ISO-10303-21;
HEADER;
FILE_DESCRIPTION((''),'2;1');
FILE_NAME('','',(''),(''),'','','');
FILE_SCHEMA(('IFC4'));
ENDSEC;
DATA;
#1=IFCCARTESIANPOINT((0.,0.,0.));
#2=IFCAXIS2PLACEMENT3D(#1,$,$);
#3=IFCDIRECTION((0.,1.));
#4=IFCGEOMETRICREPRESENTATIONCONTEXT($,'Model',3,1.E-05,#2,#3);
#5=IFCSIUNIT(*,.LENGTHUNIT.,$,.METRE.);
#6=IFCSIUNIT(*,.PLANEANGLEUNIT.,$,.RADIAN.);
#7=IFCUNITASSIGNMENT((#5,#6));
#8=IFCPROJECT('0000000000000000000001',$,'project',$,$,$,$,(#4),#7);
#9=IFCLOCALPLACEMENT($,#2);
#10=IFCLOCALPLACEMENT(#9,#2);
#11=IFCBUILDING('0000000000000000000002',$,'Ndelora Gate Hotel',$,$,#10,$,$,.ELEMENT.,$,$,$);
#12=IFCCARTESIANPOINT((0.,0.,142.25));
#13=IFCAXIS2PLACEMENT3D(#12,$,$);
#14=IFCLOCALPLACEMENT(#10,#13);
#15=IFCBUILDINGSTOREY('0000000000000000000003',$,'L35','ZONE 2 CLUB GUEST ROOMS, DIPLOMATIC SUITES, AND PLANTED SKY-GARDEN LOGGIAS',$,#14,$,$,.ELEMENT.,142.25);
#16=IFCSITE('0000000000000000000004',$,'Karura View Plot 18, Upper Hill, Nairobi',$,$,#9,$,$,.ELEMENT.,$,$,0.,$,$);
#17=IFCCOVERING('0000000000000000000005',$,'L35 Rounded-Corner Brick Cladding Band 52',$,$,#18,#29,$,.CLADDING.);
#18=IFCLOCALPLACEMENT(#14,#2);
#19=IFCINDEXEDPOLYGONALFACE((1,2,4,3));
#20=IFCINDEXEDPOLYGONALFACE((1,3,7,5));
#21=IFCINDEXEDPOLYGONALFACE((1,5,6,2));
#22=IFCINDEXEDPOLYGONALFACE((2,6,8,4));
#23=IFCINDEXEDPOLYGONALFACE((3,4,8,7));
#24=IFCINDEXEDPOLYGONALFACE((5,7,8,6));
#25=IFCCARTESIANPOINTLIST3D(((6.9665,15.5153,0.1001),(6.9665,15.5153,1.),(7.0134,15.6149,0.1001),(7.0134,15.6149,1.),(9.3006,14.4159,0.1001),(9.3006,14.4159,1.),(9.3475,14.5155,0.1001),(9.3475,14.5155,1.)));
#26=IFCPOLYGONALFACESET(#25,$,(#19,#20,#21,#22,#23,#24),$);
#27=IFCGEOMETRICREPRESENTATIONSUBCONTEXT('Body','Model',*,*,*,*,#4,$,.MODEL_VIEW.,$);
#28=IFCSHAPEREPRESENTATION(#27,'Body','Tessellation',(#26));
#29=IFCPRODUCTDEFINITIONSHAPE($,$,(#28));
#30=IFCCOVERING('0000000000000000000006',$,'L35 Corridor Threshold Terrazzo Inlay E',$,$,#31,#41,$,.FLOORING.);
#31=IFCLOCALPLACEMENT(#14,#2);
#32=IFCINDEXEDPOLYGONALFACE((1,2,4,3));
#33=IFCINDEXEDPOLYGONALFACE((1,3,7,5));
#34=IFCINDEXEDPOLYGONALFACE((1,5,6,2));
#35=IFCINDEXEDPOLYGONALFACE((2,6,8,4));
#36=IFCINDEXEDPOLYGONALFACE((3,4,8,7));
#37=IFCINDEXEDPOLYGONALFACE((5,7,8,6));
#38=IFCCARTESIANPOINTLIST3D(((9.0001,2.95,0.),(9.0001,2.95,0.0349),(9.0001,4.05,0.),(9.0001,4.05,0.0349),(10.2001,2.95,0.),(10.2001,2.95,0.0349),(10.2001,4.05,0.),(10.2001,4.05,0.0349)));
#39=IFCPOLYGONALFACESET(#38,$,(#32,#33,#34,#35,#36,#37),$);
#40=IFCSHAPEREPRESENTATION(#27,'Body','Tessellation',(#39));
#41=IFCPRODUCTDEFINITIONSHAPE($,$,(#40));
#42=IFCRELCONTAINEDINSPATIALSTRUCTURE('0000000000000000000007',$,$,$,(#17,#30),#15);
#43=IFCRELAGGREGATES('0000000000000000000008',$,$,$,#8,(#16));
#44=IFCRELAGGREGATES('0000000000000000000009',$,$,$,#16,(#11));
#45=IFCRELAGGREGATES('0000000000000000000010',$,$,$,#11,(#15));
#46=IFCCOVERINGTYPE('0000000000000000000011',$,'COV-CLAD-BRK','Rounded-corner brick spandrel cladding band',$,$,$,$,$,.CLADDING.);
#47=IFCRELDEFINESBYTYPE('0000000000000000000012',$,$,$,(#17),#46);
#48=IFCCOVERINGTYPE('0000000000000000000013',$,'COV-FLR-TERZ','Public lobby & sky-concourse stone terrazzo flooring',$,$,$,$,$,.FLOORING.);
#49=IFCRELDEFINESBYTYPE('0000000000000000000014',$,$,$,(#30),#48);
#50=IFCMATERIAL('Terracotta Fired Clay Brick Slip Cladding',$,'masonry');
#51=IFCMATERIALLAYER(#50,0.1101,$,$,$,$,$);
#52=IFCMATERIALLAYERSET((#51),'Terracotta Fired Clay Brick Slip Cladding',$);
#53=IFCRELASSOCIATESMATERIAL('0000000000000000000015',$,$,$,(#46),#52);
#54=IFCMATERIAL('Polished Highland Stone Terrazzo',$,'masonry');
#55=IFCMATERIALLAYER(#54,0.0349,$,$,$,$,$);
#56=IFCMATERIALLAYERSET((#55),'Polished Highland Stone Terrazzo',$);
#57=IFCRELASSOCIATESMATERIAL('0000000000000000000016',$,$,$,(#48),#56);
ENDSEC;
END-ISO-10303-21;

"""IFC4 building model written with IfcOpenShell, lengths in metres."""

from ifc_helpers import new_model, si_unit, direction, frame, origin, origin_2d, place, context, subcontext, project, spatial, rectangle, extrude, material, layer, layer_set, type_object, element, save


model = new_model("IFC4")

# Units and contexts
model_context = context("Model", 3, precision=1e-05, world=origin(), true_north=direction((0.0, 1.0)))
body_context = subcontext(model_context, "Body", "Model", "MODEL_VIEW")
ifc_project = project(units=[si_unit("LENGTHUNIT", "METRE"), si_unit("PLANEANGLEUNIT", "RADIAN")], contexts=[model_context])

# Site, building, storey
site_placement = place(None, origin())
site = spatial("IfcSite", under=ifc_project, at=site_placement, Name="Karura View Plot 18, Upper Hill, Nairobi", CompositionType="ELEMENT", RefElevation=0.0)
building_placement = place(site_placement, origin())
building = spatial("IfcBuilding", under=site, at=building_placement, Name="Ndelora Gate Hotel", CompositionType="ELEMENT")
storey_placement = place(building_placement, frame((0.0, 0.0, 142.25)))
storey = spatial("IfcBuildingStorey", under=building, at=storey_placement, Name="L35", Description="ZONE 2 CLUB GUEST ROOMS, DIPLOMATIC SUITES, AND PLANTED SKY-GARDEN LOGGIAS", CompositionType="ELEMENT", Elevation=142.25)

# Coverings
ifc_material_1 = material(Name="Terracotta Fired Clay Brick Slip Cladding", Category="masonry")
ifc_layer_1 = layer(ifc_material_1, 0.1101)
ifc_layer_set_1 = layer_set([ifc_layer_1], Name="Terracotta Fired Clay Brick Slip Cladding")
covering_type_1 = type_object("IfcCoveringType", Name="COV-CLAD-BRK", Description="Rounded-corner brick spandrel cladding band", PredefinedType="CLADDING", material=ifc_layer_set_1)
covering_1_placement = place(storey_placement, frame((8.157, 15.0154, 0.1001), z_axis=(0.0, 0.0, 1.0), x_axis=(-0.904678, 0.426095, 0.0)))
element("IfcCovering", 1, at=covering_1_placement, inside=storey, type_object=covering_type_1, Name="L35 Rounded-Corner Brick Cladding Band 52", PredefinedType="CLADDING", context=body_context, shape_type="SweptSolid", body=[
    extrude(rectangle(XDim=2.5801, YDim=0.1101, at=origin_2d()), origin(), (0.0, 0.0, 1.0), 0.8999),
])
ifc_material_2 = material(Name="Polished Highland Stone Terrazzo", Category="masonry")
ifc_layer_2 = layer(ifc_material_2, 0.0349)
ifc_layer_set_2 = layer_set([ifc_layer_2], Name="Polished Highland Stone Terrazzo")
covering_type_2 = type_object("IfcCoveringType", Name="COV-FLR-TERZ", Description="Public lobby & sky-concourse stone terrazzo flooring", PredefinedType="FLOORING", material=ifc_layer_set_2)
covering_2_placement = place(storey_placement, frame((9.6001, 3.5, 0.0), z_axis=(0.0, 0.0, 1.0), x_axis=(1.0, 0.0, 0.0)))
element("IfcCovering", 2, at=covering_2_placement, inside=storey, type_object=covering_type_2, Name="L35 Corridor Threshold Terrazzo Inlay E", PredefinedType="FLOORING", context=body_context, shape_type="SweptSolid", body=[
    extrude(rectangle(XDim=1.2, YDim=1.1001, at=origin_2d()), origin(), (0.0, 0.0, 1.0), 0.0349),
])

save(model, "model.ifc")
